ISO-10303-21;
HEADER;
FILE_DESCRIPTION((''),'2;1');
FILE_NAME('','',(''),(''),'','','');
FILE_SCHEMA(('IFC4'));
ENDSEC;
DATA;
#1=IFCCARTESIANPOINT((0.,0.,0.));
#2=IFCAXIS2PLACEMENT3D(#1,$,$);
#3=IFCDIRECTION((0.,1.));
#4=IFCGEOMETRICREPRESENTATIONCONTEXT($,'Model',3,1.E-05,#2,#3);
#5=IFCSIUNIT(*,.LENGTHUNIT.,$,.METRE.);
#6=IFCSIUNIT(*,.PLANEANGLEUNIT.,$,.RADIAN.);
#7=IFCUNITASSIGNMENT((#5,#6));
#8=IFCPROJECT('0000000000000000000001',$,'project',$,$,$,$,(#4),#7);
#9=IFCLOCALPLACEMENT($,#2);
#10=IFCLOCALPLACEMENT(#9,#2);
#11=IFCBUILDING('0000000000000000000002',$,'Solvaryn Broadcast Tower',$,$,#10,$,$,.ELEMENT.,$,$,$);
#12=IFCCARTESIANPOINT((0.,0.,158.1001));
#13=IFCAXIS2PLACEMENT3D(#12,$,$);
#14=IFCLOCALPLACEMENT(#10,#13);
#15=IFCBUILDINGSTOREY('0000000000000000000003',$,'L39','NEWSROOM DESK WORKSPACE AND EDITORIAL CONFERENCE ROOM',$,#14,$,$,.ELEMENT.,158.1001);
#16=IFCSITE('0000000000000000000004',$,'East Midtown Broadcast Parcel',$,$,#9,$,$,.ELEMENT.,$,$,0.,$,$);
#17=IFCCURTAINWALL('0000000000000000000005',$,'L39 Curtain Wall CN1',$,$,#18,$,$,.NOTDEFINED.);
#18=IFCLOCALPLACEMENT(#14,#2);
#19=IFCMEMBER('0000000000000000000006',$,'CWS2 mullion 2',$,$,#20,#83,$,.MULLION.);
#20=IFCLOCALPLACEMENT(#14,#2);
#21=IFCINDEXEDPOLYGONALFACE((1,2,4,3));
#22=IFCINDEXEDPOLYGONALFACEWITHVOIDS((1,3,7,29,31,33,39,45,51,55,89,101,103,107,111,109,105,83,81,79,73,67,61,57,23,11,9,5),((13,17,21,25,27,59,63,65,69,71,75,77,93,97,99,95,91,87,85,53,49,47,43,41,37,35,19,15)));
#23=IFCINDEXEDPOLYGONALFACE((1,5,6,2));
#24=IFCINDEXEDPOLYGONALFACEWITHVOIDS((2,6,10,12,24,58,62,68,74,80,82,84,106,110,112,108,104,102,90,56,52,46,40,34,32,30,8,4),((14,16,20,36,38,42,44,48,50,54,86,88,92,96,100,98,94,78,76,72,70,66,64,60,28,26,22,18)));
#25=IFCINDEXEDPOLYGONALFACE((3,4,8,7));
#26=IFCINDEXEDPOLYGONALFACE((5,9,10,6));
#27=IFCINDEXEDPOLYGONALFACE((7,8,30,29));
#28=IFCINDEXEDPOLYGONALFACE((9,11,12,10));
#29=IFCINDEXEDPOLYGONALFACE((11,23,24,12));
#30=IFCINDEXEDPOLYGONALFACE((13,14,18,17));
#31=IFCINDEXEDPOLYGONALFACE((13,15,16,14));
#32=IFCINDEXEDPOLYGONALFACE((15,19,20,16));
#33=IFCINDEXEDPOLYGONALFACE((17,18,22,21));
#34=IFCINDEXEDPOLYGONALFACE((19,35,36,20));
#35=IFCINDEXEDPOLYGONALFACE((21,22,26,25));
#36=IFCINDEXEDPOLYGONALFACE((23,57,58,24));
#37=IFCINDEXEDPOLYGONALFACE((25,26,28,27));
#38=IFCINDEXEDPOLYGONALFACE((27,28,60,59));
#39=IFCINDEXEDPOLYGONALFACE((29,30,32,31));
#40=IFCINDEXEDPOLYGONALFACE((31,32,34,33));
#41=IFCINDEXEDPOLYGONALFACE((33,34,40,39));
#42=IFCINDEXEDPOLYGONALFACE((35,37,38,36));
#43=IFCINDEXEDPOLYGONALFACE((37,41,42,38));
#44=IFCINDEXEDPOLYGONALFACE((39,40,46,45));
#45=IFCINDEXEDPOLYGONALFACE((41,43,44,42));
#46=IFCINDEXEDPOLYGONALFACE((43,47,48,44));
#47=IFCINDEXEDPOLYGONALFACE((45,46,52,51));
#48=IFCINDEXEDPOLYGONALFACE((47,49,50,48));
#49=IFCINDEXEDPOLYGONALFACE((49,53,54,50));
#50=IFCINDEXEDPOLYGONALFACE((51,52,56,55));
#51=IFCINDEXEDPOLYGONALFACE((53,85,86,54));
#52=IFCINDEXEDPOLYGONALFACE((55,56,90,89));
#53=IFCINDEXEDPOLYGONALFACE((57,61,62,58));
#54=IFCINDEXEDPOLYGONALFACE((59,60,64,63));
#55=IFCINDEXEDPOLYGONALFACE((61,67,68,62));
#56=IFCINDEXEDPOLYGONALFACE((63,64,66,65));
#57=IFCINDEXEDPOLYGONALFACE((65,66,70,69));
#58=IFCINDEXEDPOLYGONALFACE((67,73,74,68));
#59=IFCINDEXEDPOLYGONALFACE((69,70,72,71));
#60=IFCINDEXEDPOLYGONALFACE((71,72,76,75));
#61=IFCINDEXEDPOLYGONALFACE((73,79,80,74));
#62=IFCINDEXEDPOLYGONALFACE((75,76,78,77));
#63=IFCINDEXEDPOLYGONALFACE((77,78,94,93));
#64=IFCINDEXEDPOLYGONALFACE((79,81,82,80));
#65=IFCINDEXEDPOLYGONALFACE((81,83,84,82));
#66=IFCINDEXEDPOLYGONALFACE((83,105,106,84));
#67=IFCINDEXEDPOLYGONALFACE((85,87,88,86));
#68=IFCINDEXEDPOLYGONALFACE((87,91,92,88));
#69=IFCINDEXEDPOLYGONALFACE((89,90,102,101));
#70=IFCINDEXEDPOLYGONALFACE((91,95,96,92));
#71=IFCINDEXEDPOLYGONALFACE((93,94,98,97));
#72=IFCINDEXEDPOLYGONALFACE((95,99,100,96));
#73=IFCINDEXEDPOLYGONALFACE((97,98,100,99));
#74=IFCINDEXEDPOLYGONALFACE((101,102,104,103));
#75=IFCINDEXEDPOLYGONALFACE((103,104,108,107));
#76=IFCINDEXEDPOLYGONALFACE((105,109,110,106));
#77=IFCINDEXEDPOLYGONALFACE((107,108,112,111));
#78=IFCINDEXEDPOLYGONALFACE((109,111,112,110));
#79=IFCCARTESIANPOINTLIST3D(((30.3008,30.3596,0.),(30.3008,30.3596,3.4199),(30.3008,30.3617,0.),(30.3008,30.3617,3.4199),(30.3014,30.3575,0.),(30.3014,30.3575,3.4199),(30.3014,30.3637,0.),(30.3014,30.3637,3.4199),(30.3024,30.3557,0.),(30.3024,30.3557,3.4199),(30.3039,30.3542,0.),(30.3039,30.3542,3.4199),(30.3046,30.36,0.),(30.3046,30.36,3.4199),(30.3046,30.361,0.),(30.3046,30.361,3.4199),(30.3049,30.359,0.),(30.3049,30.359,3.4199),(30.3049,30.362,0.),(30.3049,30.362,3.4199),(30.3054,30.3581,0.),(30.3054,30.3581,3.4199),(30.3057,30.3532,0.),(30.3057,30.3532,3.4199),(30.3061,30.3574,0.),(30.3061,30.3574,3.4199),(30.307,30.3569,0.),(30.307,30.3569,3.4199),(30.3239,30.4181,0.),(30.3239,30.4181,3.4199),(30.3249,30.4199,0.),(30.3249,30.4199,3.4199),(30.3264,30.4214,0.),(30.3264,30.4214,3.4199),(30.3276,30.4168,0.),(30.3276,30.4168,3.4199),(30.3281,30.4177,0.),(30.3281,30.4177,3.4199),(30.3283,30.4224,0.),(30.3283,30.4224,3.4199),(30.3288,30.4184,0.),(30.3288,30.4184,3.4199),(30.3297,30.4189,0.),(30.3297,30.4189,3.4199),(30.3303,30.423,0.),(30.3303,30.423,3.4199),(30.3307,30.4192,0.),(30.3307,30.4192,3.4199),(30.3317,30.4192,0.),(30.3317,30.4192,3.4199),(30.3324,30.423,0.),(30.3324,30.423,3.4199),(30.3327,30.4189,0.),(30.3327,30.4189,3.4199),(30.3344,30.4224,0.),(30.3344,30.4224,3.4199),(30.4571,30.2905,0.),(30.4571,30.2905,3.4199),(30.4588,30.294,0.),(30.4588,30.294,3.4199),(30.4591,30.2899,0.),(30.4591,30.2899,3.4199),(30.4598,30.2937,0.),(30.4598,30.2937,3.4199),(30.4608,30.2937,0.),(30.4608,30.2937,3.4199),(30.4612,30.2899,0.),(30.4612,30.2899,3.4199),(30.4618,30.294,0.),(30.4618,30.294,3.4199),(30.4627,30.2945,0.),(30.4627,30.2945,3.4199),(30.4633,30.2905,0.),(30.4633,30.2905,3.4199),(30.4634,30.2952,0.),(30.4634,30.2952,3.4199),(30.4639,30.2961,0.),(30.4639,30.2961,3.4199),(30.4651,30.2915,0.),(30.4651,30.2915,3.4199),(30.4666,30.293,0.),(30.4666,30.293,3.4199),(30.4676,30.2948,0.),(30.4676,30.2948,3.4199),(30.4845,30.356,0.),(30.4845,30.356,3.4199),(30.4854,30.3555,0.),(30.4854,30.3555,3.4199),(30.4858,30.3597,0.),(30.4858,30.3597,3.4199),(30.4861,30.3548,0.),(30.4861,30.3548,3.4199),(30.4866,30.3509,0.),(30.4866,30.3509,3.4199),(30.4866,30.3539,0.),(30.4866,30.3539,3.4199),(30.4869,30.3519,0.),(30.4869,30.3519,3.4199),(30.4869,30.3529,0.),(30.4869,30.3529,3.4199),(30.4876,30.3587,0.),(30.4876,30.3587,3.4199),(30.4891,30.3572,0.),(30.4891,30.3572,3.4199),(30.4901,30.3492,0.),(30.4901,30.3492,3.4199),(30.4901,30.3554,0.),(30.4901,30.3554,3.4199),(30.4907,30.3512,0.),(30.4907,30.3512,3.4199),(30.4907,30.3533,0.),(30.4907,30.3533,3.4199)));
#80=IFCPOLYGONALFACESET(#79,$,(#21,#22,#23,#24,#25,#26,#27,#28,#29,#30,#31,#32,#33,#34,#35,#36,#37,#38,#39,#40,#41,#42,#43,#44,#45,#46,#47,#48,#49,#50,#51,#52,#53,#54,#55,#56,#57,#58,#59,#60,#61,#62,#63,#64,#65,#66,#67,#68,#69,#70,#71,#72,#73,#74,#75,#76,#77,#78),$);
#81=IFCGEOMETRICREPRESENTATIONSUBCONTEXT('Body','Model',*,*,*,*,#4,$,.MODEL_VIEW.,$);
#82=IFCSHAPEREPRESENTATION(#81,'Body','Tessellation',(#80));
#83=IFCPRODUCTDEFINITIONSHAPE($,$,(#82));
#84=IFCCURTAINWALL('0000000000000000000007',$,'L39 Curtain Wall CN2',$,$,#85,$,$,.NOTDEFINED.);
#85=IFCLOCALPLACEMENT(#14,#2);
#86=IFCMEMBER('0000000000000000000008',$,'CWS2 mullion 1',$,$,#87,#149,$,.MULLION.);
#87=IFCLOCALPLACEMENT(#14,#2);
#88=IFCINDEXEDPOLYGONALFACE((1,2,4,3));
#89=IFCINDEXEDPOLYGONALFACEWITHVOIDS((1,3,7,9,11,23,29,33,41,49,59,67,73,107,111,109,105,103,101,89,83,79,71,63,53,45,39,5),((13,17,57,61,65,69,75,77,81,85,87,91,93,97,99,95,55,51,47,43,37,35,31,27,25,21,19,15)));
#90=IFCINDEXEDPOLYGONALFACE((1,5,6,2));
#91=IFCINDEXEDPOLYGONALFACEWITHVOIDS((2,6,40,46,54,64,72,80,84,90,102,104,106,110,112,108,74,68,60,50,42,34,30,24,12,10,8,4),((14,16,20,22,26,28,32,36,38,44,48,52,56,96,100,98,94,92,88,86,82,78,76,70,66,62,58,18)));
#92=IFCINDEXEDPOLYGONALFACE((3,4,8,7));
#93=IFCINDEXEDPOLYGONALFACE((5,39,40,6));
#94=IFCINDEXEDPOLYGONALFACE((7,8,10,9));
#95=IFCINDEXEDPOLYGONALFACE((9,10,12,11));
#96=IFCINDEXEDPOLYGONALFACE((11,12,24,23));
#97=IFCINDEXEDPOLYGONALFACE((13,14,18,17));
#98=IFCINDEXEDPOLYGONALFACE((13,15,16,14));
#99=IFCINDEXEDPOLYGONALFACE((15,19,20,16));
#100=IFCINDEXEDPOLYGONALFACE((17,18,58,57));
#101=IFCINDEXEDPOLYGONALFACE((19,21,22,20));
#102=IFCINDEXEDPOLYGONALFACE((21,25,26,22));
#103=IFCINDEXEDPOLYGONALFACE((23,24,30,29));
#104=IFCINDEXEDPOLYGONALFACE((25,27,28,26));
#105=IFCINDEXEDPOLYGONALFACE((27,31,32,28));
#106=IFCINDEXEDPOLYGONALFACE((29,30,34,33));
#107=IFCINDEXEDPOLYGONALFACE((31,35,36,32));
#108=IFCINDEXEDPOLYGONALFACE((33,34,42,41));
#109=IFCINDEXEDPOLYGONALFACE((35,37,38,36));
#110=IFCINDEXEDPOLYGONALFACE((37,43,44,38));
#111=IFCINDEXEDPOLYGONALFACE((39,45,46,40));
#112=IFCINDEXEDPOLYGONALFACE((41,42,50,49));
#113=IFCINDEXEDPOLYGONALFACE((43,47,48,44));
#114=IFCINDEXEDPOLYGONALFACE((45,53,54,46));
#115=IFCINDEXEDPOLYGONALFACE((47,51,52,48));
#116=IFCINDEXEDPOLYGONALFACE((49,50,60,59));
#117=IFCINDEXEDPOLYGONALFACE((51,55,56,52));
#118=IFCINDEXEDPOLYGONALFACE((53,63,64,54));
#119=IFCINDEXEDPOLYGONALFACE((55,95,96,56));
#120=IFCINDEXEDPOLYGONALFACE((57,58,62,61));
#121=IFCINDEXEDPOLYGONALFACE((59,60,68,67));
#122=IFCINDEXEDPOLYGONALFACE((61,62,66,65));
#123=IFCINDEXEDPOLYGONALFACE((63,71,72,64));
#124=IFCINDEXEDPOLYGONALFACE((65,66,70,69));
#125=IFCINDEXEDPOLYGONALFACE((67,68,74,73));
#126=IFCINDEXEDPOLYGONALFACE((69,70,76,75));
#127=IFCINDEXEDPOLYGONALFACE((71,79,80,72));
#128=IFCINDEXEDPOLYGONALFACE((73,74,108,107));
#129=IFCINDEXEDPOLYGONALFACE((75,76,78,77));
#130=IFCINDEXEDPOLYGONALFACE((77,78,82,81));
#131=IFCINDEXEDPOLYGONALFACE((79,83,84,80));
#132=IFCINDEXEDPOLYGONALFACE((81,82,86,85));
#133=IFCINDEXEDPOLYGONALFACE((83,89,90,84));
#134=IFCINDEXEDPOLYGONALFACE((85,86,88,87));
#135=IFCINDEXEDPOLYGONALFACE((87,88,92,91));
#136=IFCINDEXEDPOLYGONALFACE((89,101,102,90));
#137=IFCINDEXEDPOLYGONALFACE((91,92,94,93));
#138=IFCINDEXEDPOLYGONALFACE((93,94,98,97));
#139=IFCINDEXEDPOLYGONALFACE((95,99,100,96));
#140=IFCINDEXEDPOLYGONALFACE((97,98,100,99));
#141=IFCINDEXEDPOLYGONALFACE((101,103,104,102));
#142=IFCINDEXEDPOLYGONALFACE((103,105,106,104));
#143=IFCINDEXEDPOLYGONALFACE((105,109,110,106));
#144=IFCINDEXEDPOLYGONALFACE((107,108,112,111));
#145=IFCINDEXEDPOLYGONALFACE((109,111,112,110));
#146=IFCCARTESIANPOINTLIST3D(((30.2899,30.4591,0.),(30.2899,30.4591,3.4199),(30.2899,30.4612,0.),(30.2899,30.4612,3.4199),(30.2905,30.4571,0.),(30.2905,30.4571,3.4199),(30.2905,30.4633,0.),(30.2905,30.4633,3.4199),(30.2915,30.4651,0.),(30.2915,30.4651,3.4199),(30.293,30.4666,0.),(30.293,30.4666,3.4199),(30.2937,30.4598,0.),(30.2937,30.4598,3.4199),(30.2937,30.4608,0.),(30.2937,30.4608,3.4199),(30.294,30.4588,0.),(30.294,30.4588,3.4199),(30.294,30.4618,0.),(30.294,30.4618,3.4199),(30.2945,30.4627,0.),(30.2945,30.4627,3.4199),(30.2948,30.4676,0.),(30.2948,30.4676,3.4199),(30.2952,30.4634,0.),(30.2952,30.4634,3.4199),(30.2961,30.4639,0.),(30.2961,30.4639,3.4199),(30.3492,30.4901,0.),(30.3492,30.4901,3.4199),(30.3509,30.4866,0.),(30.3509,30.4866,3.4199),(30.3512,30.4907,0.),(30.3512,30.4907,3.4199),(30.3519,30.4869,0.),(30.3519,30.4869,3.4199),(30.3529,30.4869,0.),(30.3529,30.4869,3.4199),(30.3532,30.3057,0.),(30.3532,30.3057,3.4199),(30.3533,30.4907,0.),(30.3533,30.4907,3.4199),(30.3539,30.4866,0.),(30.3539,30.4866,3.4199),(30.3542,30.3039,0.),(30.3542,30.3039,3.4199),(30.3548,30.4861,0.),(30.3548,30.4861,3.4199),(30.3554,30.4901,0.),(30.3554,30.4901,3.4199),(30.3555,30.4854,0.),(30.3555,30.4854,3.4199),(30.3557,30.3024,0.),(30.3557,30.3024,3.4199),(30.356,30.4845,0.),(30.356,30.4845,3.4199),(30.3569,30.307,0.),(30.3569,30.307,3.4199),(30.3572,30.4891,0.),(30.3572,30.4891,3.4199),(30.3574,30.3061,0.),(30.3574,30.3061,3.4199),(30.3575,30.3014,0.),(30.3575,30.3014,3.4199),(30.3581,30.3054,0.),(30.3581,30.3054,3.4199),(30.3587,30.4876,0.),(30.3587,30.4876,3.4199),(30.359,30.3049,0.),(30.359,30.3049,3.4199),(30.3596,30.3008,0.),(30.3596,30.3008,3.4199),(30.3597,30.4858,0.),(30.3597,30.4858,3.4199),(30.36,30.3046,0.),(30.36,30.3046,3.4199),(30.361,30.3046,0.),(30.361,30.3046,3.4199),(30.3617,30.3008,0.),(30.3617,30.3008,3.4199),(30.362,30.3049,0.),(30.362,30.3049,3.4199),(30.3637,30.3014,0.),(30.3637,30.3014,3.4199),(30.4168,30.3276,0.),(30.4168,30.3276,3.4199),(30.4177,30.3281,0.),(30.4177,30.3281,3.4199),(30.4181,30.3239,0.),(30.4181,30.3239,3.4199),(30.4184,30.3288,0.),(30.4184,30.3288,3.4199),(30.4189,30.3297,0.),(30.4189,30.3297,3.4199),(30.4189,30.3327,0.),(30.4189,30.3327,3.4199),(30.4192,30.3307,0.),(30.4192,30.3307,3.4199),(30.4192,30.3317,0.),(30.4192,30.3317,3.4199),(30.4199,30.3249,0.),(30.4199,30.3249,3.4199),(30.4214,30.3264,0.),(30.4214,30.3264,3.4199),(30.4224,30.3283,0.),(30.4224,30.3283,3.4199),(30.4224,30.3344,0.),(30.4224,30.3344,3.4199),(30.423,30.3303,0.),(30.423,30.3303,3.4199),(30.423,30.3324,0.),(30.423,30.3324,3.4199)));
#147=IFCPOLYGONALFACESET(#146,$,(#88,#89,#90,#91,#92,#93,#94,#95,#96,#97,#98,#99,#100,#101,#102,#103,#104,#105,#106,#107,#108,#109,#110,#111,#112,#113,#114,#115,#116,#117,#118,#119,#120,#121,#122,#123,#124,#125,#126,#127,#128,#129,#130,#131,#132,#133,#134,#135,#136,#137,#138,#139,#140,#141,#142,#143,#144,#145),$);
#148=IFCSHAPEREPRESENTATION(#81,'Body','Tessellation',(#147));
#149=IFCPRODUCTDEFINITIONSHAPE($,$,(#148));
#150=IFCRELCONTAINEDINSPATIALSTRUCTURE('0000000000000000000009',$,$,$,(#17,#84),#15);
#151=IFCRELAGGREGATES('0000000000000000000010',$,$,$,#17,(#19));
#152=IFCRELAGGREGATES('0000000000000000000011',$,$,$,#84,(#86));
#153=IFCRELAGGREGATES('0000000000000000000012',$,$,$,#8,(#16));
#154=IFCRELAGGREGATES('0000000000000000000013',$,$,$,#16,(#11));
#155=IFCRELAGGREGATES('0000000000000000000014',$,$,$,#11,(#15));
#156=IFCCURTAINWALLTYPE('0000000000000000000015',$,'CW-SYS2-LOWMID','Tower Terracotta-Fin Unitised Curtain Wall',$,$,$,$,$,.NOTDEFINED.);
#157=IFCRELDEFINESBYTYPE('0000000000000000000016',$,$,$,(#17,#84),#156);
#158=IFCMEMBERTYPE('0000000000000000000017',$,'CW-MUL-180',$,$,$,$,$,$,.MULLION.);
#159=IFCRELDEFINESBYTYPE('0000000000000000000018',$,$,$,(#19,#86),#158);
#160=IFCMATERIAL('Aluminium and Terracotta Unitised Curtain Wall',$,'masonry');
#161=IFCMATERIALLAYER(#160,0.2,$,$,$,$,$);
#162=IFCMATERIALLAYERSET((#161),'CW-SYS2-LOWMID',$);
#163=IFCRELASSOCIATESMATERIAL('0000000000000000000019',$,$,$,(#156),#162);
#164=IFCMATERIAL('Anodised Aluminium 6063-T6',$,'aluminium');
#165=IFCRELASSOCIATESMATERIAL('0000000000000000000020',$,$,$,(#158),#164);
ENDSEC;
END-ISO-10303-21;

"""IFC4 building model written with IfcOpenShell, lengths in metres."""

from ifc_helpers import new_model, si_unit, direction, frame, origin, origin_2d, place, context, subcontext, project, spatial, hollow_rectangle, extrude, material, layer, layer_set, material_profile, profile_set, type_object, element, aggregate, save


model = new_model("IFC4")

# Units and contexts
model_context = context("Model", 3, precision=1e-05, world=origin(), true_north=direction((0.0, 1.0)))
body_context = subcontext(model_context, "Body", "Model", "MODEL_VIEW")
ifc_project = project(units=[si_unit("LENGTHUNIT", "METRE"), si_unit("PLANEANGLEUNIT", "RADIAN")], contexts=[model_context])

# Site, building, storey
site_placement = place(None, origin())
site = spatial("IfcSite", under=ifc_project, at=site_placement, Name="East Midtown Broadcast Parcel", CompositionType="ELEMENT", RefElevation=0.0)
building_placement = place(site_placement, origin())
building = spatial("IfcBuilding", under=site, at=building_placement, Name="Solvaryn Broadcast Tower", CompositionType="ELEMENT")
storey_placement = place(building_placement, frame((0.0, 0.0, 158.1001)))
storey = spatial("IfcBuildingStorey", under=building, at=storey_placement, Name="L39", Description="NEWSROOM DESK WORKSPACE AND EDITORIAL CONFERENCE ROOM", CompositionType="ELEMENT", Elevation=158.1001)

# Curtain wall, member
ifc_material_1 = material(Name="Aluminium and Terracotta Unitised Curtain Wall", Category="masonry")
ifc_layer_1 = layer(ifc_material_1, 0.2)
ifc_layer_set_1 = layer_set([ifc_layer_1], Name="CW-SYS2-LOWMID")
curtain_wall_type = type_object("IfcCurtainWallType", Name="CW-SYS2-LOWMID", Description="Tower Terracotta-Fin Unitised Curtain Wall", PredefinedType="NOTDEFINED", material=ifc_layer_set_1)
curtain_wall_1_placement = place(storey_placement, origin())
curtain_wall_1 = element("IfcCurtainWall", 1, at=curtain_wall_1_placement, inside=storey, type_object=curtain_wall_type, Name="L39 Curtain Wall CN1", PredefinedType="NOTDEFINED")
ifc_material_2 = material(Name="Anodised Aluminium 6063-T6", Category="aluminium")
ifc_material_profile_1 = material_profile(ifc_material_2, hollow_rectangle(XDim=0.075, YDim=0.1799, WallThickness=0.0039, InnerFilletRadius=0.0039, OuterFilletRadius=0.0081, at=origin_2d()))
ifc_profile_set_1 = profile_set([ifc_material_profile_1], Name="Anodised Aluminium 6063-T6")
member_type_1 = type_object("IfcMemberType", Name="CW-MUL-180", PredefinedType="MULLION", material=ifc_profile_set_1)
member_1_placement = place(storey_placement, frame((30.3958, 30.3564, 0.0), z_axis=(0.0, 0.0, 1.0), x_axis=(-0.382646, -0.923895, 0.0)))
member_1 = element("IfcMember", 2, at=member_1_placement, type_object=member_type_1, Name="CWS2 mullion 2", PredefinedType="MULLION", context=body_context, shape_type="SweptSolid", body=[
    extrude(hollow_rectangle(XDim=0.075, YDim=0.1799, WallThickness=0.0039, InnerFilletRadius=0.0039, OuterFilletRadius=0.0081, at=origin_2d()), origin(), (0.0, 0.0, 1.0), 3.4199),
])

# Curtain wall, member
curtain_wall_2_placement = place(storey_placement, origin())
curtain_wall_2 = element("IfcCurtainWall", 3, at=curtain_wall_2_placement, inside=storey, type_object=curtain_wall_type, Name="L39 Curtain Wall CN2", PredefinedType="NOTDEFINED")
member_2_placement = place(storey_placement, frame((30.3564, 30.3958, 0.0), z_axis=(0.0, 0.0, 1.0), x_axis=(-0.923895, -0.382646, 0.0)))
member_2 = element("IfcMember", 4, at=member_2_placement, type_object=member_type_1, Name="CWS2 mullion 1", PredefinedType="MULLION", context=body_context, shape_type="SweptSolid", body=[
    extrude(hollow_rectangle(XDim=0.075, YDim=0.1799, WallThickness=0.0039, InnerFilletRadius=0.0039, OuterFilletRadius=0.0081, at=origin_2d()), origin(), (0.0, 0.0, 1.0), 3.4199),
])

aggregate(curtain_wall_1, [member_1])
aggregate(curtain_wall_2, [member_2])

save(model, "model.ifc")
